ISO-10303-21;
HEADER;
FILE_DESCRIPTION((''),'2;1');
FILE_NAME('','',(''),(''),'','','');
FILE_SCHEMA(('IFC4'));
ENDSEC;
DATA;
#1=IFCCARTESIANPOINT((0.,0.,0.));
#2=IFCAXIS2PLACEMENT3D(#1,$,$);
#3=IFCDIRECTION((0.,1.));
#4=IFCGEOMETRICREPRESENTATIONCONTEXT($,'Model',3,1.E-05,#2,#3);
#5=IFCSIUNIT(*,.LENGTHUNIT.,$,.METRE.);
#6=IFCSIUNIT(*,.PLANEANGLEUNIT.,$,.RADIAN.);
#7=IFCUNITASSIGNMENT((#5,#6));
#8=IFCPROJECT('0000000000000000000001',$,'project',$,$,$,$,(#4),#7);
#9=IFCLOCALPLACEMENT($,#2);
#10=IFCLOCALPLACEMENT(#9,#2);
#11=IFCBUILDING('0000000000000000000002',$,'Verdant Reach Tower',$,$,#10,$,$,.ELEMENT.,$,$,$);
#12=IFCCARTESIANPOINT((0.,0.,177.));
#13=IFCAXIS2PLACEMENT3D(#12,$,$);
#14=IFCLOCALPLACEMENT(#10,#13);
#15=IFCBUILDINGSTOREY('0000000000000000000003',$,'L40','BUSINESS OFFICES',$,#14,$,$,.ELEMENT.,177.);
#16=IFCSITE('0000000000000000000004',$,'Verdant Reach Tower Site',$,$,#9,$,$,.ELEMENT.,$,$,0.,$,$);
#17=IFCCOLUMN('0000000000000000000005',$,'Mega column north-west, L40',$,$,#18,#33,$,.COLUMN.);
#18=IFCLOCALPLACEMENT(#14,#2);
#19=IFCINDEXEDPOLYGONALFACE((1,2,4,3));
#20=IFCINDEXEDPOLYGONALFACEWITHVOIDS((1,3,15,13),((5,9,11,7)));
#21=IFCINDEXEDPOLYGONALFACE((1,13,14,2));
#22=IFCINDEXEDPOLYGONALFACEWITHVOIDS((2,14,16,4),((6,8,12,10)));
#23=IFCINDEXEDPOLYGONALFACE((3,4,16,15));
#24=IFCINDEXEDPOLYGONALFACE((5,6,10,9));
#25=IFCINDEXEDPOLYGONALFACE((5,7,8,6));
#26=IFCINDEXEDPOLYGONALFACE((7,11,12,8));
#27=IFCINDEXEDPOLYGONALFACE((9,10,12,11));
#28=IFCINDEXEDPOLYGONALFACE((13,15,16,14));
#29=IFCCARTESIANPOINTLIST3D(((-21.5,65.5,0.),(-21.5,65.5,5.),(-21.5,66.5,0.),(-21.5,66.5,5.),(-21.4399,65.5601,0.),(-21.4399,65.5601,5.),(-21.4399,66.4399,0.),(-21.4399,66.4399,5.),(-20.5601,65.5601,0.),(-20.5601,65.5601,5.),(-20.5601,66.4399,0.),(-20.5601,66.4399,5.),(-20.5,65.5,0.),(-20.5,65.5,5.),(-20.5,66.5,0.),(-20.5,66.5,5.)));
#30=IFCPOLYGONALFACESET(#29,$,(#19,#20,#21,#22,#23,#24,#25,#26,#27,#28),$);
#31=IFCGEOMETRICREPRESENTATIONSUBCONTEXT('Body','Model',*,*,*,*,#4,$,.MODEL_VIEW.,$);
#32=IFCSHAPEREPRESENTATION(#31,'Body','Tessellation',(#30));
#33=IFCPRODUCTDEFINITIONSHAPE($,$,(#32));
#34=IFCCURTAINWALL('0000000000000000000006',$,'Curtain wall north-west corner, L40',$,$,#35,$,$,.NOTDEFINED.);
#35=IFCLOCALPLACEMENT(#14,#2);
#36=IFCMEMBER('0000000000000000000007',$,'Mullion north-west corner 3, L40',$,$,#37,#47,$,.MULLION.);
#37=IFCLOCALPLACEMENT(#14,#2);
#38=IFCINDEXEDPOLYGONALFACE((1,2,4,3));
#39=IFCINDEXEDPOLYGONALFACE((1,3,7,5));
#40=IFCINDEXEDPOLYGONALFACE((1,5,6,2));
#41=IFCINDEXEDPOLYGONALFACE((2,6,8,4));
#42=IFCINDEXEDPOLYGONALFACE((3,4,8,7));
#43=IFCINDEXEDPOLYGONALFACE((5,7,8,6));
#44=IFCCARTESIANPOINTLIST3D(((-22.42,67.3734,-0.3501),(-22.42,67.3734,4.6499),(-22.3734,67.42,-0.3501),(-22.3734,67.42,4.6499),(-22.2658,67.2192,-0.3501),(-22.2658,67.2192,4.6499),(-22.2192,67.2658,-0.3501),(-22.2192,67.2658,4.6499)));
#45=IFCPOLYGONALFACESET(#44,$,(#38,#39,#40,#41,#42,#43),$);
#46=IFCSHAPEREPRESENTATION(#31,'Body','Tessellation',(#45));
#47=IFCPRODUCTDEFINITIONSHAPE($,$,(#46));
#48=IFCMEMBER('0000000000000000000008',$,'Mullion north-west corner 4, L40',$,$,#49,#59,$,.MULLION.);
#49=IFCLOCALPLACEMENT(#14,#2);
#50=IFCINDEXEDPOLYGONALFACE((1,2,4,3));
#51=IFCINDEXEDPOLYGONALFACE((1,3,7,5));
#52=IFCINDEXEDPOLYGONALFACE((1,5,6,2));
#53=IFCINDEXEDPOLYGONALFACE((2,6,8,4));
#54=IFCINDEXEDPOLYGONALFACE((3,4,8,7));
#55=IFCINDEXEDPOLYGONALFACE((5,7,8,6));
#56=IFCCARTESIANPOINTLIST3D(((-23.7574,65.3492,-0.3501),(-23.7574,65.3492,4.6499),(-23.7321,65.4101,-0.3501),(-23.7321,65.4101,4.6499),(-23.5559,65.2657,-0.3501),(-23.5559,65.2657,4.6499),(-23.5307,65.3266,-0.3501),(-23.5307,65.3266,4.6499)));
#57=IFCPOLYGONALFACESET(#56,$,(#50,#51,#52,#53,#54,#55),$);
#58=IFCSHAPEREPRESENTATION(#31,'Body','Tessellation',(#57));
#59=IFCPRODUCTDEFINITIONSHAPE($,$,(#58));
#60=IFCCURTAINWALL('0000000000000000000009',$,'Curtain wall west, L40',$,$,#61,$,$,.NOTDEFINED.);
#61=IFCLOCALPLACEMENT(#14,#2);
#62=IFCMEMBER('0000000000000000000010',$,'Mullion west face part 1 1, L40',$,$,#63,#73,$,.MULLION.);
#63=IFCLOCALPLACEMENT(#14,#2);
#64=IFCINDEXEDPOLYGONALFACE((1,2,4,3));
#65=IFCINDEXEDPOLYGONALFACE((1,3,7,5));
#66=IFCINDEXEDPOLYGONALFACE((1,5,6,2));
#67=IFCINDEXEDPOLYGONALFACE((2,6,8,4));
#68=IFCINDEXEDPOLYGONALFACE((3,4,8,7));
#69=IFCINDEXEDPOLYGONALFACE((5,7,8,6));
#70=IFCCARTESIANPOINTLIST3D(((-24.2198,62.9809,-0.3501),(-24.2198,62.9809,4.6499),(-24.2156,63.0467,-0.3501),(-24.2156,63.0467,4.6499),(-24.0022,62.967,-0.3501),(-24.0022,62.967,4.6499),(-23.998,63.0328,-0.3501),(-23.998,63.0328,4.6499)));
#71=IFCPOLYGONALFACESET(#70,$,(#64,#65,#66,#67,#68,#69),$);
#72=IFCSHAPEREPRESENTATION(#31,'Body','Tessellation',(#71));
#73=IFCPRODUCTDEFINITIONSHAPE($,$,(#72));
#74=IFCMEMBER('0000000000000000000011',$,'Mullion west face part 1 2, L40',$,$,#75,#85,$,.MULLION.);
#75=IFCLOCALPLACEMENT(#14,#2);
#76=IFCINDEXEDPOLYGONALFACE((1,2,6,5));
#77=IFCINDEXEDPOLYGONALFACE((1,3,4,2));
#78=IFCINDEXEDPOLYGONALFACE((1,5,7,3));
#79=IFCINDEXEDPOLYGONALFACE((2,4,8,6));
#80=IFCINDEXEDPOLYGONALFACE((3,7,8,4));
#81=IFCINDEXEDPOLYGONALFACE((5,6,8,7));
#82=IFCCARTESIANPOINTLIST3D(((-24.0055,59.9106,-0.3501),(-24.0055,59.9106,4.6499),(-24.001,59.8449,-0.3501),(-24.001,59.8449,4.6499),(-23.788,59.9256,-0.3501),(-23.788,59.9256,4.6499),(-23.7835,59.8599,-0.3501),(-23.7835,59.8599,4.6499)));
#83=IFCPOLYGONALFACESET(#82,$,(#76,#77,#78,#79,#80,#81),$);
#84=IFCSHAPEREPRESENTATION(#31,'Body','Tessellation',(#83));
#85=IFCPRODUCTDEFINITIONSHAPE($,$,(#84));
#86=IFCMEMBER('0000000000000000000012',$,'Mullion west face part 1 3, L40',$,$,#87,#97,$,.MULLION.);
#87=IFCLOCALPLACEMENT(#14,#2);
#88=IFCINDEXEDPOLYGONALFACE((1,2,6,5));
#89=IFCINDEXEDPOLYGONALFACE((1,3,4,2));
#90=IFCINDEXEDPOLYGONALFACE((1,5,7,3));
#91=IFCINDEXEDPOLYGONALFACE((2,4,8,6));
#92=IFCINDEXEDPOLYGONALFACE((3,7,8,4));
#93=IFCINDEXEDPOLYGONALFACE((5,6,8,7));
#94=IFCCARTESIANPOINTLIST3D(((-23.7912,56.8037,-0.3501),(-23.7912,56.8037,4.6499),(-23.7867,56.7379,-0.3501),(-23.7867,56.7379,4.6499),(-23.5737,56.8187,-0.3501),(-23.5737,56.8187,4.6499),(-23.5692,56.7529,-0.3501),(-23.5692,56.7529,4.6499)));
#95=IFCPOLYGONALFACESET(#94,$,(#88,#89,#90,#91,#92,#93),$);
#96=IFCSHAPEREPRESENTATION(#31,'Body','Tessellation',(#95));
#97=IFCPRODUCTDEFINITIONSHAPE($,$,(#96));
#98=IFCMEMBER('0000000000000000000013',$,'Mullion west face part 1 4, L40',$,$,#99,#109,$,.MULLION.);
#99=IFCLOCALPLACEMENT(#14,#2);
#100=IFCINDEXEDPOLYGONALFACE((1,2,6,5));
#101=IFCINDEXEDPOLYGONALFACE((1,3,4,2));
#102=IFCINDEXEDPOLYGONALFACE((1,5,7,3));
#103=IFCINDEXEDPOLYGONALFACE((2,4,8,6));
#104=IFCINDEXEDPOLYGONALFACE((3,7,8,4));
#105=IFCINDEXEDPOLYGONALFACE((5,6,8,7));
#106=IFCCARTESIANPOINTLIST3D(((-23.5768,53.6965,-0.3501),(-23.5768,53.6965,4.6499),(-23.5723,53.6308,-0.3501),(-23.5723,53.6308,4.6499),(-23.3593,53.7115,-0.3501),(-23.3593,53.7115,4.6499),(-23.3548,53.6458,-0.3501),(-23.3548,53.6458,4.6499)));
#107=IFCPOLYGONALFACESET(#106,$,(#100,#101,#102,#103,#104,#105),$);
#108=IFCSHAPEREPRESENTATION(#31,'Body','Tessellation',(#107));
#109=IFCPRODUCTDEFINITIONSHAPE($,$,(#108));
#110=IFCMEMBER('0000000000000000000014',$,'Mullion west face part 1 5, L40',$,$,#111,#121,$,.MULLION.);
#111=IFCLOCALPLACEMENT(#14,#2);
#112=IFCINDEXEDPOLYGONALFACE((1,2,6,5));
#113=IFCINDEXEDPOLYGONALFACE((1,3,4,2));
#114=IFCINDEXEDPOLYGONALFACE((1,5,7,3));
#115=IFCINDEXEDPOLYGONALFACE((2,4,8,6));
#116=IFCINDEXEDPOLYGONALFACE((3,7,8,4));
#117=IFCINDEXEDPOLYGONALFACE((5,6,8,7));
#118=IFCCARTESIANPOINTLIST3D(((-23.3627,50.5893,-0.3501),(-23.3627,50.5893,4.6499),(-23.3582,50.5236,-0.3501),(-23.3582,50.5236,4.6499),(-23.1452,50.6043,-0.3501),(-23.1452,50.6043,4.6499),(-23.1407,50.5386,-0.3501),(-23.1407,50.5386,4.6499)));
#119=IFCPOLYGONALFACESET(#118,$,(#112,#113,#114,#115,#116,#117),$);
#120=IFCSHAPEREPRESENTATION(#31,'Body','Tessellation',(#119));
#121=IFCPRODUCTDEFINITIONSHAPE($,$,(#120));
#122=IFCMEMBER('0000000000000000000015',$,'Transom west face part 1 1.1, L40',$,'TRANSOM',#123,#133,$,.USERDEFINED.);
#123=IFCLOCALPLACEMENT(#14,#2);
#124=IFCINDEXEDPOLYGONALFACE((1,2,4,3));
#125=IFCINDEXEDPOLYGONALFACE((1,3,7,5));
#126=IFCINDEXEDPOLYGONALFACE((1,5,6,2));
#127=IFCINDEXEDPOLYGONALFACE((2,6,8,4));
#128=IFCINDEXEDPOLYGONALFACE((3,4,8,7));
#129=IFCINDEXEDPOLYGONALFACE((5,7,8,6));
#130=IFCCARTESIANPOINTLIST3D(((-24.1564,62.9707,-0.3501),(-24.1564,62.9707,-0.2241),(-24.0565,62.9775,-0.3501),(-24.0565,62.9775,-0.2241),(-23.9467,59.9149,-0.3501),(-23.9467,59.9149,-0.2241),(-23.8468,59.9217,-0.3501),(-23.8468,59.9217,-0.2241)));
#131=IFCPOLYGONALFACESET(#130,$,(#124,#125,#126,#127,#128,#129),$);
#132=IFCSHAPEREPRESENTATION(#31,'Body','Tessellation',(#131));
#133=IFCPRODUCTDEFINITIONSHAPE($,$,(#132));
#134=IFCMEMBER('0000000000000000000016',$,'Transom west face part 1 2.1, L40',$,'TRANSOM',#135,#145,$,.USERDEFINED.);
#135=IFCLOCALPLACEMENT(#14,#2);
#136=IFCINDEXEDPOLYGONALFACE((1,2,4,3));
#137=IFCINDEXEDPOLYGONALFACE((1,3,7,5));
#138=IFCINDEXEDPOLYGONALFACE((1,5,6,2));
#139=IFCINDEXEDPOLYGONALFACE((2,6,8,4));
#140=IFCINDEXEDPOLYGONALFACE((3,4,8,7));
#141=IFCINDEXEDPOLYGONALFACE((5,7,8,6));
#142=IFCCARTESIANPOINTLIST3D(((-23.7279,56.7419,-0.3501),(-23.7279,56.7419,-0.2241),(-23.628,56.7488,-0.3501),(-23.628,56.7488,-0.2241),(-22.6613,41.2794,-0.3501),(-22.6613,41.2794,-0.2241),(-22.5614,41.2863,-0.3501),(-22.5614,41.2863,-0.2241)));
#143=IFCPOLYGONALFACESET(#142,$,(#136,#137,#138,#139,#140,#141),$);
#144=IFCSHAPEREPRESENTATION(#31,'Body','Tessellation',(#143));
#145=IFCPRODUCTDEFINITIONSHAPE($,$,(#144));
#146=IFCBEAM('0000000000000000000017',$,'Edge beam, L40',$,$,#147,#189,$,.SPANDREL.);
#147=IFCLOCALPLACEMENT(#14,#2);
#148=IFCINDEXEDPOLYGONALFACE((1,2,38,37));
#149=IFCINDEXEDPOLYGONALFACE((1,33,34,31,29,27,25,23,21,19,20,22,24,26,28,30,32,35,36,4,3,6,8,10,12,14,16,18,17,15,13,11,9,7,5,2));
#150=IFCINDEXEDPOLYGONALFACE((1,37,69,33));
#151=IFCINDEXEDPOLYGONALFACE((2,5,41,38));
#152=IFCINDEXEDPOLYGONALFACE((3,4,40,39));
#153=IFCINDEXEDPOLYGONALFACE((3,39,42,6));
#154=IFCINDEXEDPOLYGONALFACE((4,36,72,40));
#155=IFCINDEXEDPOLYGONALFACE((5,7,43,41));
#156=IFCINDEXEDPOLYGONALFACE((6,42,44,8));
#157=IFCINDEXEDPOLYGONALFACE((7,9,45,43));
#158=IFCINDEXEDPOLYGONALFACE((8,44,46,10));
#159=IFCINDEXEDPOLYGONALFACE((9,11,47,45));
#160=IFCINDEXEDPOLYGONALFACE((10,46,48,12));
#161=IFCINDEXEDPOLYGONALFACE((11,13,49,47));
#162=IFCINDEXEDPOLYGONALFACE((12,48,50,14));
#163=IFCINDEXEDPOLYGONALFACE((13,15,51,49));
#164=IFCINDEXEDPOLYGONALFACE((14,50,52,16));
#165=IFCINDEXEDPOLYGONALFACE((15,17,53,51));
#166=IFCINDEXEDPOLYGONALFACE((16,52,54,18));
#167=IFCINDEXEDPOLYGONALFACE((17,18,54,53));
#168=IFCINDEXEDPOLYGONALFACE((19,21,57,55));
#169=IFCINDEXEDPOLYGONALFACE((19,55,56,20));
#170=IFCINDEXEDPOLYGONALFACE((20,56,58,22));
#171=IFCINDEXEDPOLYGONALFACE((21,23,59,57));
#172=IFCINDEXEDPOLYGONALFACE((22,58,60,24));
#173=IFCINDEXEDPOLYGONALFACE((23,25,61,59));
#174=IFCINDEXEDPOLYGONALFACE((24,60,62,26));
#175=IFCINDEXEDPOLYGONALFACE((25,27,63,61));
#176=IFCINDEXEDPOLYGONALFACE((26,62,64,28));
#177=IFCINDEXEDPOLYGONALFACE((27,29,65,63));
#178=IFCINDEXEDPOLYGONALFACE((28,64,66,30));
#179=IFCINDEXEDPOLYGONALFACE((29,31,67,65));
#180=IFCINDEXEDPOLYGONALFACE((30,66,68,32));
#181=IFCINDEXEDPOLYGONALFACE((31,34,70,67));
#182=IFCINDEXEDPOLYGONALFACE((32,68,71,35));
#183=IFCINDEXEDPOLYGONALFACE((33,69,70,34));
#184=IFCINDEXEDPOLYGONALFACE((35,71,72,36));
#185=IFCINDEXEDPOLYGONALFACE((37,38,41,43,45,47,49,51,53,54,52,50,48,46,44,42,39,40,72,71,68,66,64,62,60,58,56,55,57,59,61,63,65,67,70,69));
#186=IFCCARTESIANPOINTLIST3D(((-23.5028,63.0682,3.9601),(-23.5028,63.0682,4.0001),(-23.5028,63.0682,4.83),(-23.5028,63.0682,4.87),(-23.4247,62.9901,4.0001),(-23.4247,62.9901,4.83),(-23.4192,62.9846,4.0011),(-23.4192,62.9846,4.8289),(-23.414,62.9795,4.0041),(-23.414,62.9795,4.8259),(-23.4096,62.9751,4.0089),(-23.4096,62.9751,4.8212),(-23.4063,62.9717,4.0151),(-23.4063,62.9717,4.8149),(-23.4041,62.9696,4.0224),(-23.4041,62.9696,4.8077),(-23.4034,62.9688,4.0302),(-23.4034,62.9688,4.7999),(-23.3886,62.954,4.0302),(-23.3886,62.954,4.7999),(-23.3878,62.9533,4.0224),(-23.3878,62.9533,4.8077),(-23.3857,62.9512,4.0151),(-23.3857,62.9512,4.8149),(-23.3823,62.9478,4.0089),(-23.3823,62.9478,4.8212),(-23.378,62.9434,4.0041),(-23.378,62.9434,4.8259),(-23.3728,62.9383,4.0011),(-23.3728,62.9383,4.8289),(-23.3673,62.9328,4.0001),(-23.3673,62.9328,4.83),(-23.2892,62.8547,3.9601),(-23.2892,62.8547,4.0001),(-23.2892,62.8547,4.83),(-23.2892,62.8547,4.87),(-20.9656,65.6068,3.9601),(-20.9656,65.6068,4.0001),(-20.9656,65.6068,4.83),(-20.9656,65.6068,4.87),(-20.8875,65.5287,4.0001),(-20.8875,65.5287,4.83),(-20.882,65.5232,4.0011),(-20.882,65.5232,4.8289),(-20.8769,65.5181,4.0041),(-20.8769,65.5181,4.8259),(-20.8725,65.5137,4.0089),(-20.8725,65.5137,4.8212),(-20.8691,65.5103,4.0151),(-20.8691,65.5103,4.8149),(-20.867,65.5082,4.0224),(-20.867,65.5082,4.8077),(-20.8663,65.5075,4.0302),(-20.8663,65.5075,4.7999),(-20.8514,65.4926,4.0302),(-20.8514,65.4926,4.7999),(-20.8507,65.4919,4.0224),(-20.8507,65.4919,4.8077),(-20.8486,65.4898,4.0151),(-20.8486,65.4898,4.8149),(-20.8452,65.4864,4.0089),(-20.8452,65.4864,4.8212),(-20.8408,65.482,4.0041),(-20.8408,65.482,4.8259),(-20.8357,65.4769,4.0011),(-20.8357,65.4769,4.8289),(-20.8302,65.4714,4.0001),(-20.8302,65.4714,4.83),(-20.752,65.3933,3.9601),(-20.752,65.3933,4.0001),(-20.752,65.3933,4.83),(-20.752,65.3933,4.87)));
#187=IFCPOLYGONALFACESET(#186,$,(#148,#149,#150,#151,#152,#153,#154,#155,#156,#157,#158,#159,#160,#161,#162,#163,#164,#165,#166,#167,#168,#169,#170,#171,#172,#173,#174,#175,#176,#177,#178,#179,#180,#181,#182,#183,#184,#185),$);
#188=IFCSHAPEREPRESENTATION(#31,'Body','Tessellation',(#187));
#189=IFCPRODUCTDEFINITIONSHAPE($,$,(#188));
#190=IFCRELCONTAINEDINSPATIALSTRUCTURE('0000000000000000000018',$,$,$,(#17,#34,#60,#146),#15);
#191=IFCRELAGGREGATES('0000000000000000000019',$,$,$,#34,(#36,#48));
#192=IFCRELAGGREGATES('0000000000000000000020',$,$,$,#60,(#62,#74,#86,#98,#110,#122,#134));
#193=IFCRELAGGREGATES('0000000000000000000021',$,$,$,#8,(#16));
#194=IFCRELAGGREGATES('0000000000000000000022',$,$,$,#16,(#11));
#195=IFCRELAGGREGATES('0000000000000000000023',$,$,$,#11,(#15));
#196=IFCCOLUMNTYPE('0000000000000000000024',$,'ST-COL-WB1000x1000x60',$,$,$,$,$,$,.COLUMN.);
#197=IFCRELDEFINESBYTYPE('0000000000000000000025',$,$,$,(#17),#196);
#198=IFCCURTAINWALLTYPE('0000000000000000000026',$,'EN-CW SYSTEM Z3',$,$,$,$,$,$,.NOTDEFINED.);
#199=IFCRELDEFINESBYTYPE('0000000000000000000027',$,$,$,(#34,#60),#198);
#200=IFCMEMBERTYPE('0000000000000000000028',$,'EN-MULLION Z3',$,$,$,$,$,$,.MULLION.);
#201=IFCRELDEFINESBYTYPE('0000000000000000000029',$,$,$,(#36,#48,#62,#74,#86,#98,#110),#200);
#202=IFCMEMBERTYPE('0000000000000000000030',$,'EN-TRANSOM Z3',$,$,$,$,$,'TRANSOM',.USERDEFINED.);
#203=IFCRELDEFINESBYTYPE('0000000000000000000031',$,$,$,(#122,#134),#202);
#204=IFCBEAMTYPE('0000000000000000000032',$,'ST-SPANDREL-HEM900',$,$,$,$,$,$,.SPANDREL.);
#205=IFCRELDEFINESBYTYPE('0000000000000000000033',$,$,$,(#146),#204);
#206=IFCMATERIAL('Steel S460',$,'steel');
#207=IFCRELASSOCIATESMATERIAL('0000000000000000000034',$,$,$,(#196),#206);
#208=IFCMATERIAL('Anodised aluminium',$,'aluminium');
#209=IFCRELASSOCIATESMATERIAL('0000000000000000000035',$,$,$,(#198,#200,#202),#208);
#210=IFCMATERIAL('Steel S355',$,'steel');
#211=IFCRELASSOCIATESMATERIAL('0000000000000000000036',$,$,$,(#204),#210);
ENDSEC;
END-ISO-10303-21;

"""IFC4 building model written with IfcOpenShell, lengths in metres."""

from ifc_helpers import new_model, si_unit, direction, frame, origin, origin_2d, place, context, subcontext, project, spatial, rectangle, hollow_rectangle, i_section, extrude, material, material_profile, profile_set, type_object, element, aggregate, save


model = new_model("IFC4")

# Units and contexts
model_context = context("Model", 3, precision=1e-05, world=origin(), true_north=direction((0.0, 1.0)))
body_context = subcontext(model_context, "Body", "Model", "MODEL_VIEW")
ifc_project = project(units=[si_unit("LENGTHUNIT", "METRE"), si_unit("PLANEANGLEUNIT", "RADIAN")], contexts=[model_context])

# Site, building, storey
site_placement = place(None, origin())
site = spatial("IfcSite", under=ifc_project, at=site_placement, Name="Verdant Reach Tower Site", CompositionType="ELEMENT", RefElevation=0.0)
building_placement = place(site_placement, origin())
building = spatial("IfcBuilding", under=site, at=building_placement, Name="Verdant Reach Tower", CompositionType="ELEMENT")
storey_placement = place(building_placement, frame((0.0, 0.0, 177.0)))
storey = spatial("IfcBuildingStorey", under=building, at=storey_placement, Name="L40", Description="BUSINESS OFFICES", CompositionType="ELEMENT", Elevation=177.0)

# Column
ifc_material_1 = material(Name="Steel S460", Category="steel")
ifc_material_profile_1 = material_profile(ifc_material_1, hollow_rectangle(XDim=1.0, YDim=1.0, WallThickness=0.0601, at=origin_2d()), Name="WB 1000x1000x60")
ifc_profile_set_1 = profile_set([ifc_material_profile_1], Name="Steel S460")
column_type = type_object("IfcColumnType", Name="ST-COL-WB1000x1000x60", PredefinedType="COLUMN", material=ifc_profile_set_1)
column_placement = place(storey_placement, frame((-21.0, 66.0, 0.0), z_axis=(0.0, 0.0, 1.0), x_axis=(1.0, 0.0, 0.0)))
element("IfcColumn", 1, at=column_placement, inside=storey, type_object=column_type, Name="Mega column north-west, L40", PredefinedType="COLUMN", context=body_context, shape_type="SweptSolid", body=[
    extrude(hollow_rectangle(XDim=1.0, YDim=1.0, WallThickness=0.0601, at=origin_2d()), origin(), (0.0, 0.0, 1.0), 5.0),
])

# Curtain walls, members
ifc_material_2 = material(Name="Anodised aluminium", Category="aluminium")
curtain_wall_type = type_object("IfcCurtainWallType", Name="EN-CW SYSTEM Z3", PredefinedType="NOTDEFINED", material=ifc_material_2)
curtain_wall_1_placement = place(storey_placement, origin())
curtain_wall_1 = element("IfcCurtainWall", 2, at=curtain_wall_1_placement, inside=storey, type_object=curtain_wall_type, Name="Curtain wall north-west corner, L40", PredefinedType="NOTDEFINED")
ifc_material_profile_2 = material_profile(ifc_material_2, rectangle(XDim=0.218, YDim=0.0659, at=origin_2d()), Name="Mullion 66x218")
ifc_profile_set_2 = profile_set([ifc_material_profile_2], Name="Anodised aluminium")
member_type_1 = type_object("IfcMemberType", Name="EN-MULLION Z3", PredefinedType="MULLION", material=ifc_profile_set_2)
member_1_placement = place(storey_placement, frame((-22.3196, 67.3196, -0.3501), z_axis=(0.0, 0.0, 1.0), x_axis=(-0.707107, 0.707107, 0.0)))
member_1 = element("IfcMember", 3, at=member_1_placement, type_object=member_type_1, Name="Mullion north-west corner 3, L40", PredefinedType="MULLION", context=body_context, shape_type="SweptSolid", body=[
    extrude(rectangle(XDim=0.218, YDim=0.0659, at=origin_2d()), origin(), (0.0, 0.0, 1.0), 5.0),
])
member_2_placement = place(storey_placement, frame((-23.644, 65.3379, -0.3501), z_axis=(0.0, 0.0, 1.0), x_axis=(-0.923875, 0.382694, 0.0)))
member_2 = element("IfcMember", 4, at=member_2_placement, type_object=member_type_1, Name="Mullion north-west corner 4, L40", PredefinedType="MULLION", context=body_context, shape_type="SweptSolid", body=[
    extrude(rectangle(XDim=0.218, YDim=0.0659, at=origin_2d()), origin(), (0.0, 0.0, 1.0), 5.0),
])
curtain_wall_2_placement = place(storey_placement, origin())
curtain_wall_2 = element("IfcCurtainWall", 5, at=curtain_wall_2_placement, inside=storey, type_object=curtain_wall_type, Name="Curtain wall west, L40", PredefinedType="NOTDEFINED")
member_3_placement = place(storey_placement, frame((-24.1089, 63.0068, -0.3501), z_axis=(0.0, 0.0, 1.0), x_axis=(-0.997969, 0.063699, 0.0)))
member_3 = element("IfcMember", 6, at=member_3_placement, type_object=member_type_1, Name="Mullion west face part 1 1, L40", PredefinedType="MULLION", context=body_context, shape_type="SweptSolid", body=[
    extrude(rectangle(XDim=0.218, YDim=0.0659, at=origin_2d()), origin(), (0.0, 0.0, 1.0), 5.0),
])
member_4_placement = place(storey_placement, frame((-23.8945, 59.8853, -0.3501), z_axis=(0.0, 0.0, 1.0), x_axis=(-0.99763, -0.068802, 0.0)))
member_4 = element("IfcMember", 7, at=member_4_placement, type_object=member_type_1, Name="Mullion west face part 1 2, L40", PredefinedType="MULLION", context=body_context, shape_type="SweptSolid", body=[
    extrude(rectangle(XDim=0.218, YDim=0.0659, at=origin_2d()), origin(), (0.0, 0.0, 1.0), 5.0),
])
member_5_placement = place(storey_placement, frame((-23.6802, 56.7783, -0.3501), z_axis=(0.0, 0.0, 1.0), x_axis=(-0.99763, -0.068802, 0.0)))
member_5 = element("IfcMember", 8, at=member_5_placement, type_object=member_type_1, Name="Mullion west face part 1 3, L40", PredefinedType="MULLION", context=body_context, shape_type="SweptSolid", body=[
    extrude(rectangle(XDim=0.218, YDim=0.0659, at=origin_2d()), origin(), (0.0, 0.0, 1.0), 5.0),
])
member_6_placement = place(storey_placement, frame((-23.4658, 53.6711, -0.3501), z_axis=(0.0, 0.0, 1.0), x_axis=(-0.99763, -0.068802, 0.0)))
member_6 = element("IfcMember", 9, at=member_6_placement, type_object=member_type_1, Name="Mullion west face part 1 4, L40", PredefinedType="MULLION", context=body_context, shape_type="SweptSolid", body=[
    extrude(rectangle(XDim=0.218, YDim=0.0659, at=origin_2d()), origin(), (0.0, 0.0, 1.0), 5.0),
])
member_7_placement = place(storey_placement, frame((-23.2517, 50.564, -0.3501), z_axis=(0.0, 0.0, 1.0), x_axis=(-0.99763, -0.068802, 0.0)))
member_7 = element("IfcMember", 10, at=member_7_placement, type_object=member_type_1, Name="Mullion west face part 1 5, L40", PredefinedType="MULLION", context=body_context, shape_type="SweptSolid", body=[
    extrude(rectangle(XDim=0.218, YDim=0.0659, at=origin_2d()), origin(), (0.0, 0.0, 1.0), 5.0),
])
ifc_material_profile_3 = material_profile(ifc_material_2, rectangle(XDim=0.1001, YDim=0.126, at=origin_2d()), Name="Transom 126x100")
ifc_profile_set_3 = profile_set([ifc_material_profile_3], Name="Anodised aluminium")
member_type_2 = type_object("IfcMemberType", Name="EN-TRANSOM Z3", ElementType="TRANSOM", PredefinedType="USERDEFINED", material=ifc_profile_set_3)
member_8_placement = place(storey_placement, frame((-24.1064, 62.9741, -0.2871), z_axis=(0.068466, -0.997653, 0.0), x_axis=(0.997653, 0.068466, 0.0)))
member_8 = element("IfcMember", 11, at=member_8_placement, type_object=member_type_2, Name="Transom west face part 1 1.1, L40", ObjectType="TRANSOM", PredefinedType="USERDEFINED", context=body_context, shape_type="SweptSolid", body=[
    extrude(rectangle(XDim=0.1001, YDim=0.126, at=origin_2d()), origin(), (0.0, 0.0, 1.0), 3.063),
])
member_9_placement = place(storey_placement, frame((-23.678, 56.7454, -0.2871), z_axis=(0.06882, -0.997629, 0.0), x_axis=(0.997629, 0.06882, 0.0)))
member_9 = element("IfcMember", 12, at=member_9_placement, type_object=member_type_2, Name="Transom west face part 1 2.1, L40", ObjectType="TRANSOM", PredefinedType="USERDEFINED", context=body_context, shape_type="SweptSolid", body=[
    extrude(rectangle(XDim=0.1001, YDim=0.126, at=origin_2d()), origin(), (0.0, 0.0, 1.0), 15.4993),
])

# Beam
ifc_material_3 = material(Name="Steel S355", Category="steel")
ifc_material_profile_4 = material_profile(ifc_material_3, i_section(OverallWidth=0.302, OverallDepth=0.9099, WebThickness=0.021, FlangeThickness=0.04, FilletRadius=0.03, at=origin_2d()), Name="HEM 900")
ifc_profile_set_4 = profile_set([ifc_material_profile_4], Name="Steel S355")
beam_type = type_object("IfcBeamType", Name="ST-SPANDREL-HEM900", PredefinedType="SPANDREL", material=ifc_profile_set_4)
beam_1_placement = place(storey_placement, frame((-23.396, 62.9614, 4.415), z_axis=(0.706903, 0.707311, 0.0), x_axis=(-0.707311, 0.706903, 0.0)))
element("IfcBeam", 13, at=beam_1_placement, inside=storey, type_object=beam_type, Name="Edge beam, L40", PredefinedType="SPANDREL", context=body_context, shape_type="SweptSolid", body=[
    extrude(i_section(OverallWidth=0.302, OverallDepth=0.9099, WebThickness=0.021, FlangeThickness=0.04, FilletRadius=0.03, at=origin_2d()), origin(), (0.0, 0.0, 1.0), 3.5891),
])

aggregate(curtain_wall_1, [member_1, member_2])
aggregate(curtain_wall_2, [member_3, member_4, member_5, member_6, member_7, member_8, member_9])

save(model, "model.ifc")
